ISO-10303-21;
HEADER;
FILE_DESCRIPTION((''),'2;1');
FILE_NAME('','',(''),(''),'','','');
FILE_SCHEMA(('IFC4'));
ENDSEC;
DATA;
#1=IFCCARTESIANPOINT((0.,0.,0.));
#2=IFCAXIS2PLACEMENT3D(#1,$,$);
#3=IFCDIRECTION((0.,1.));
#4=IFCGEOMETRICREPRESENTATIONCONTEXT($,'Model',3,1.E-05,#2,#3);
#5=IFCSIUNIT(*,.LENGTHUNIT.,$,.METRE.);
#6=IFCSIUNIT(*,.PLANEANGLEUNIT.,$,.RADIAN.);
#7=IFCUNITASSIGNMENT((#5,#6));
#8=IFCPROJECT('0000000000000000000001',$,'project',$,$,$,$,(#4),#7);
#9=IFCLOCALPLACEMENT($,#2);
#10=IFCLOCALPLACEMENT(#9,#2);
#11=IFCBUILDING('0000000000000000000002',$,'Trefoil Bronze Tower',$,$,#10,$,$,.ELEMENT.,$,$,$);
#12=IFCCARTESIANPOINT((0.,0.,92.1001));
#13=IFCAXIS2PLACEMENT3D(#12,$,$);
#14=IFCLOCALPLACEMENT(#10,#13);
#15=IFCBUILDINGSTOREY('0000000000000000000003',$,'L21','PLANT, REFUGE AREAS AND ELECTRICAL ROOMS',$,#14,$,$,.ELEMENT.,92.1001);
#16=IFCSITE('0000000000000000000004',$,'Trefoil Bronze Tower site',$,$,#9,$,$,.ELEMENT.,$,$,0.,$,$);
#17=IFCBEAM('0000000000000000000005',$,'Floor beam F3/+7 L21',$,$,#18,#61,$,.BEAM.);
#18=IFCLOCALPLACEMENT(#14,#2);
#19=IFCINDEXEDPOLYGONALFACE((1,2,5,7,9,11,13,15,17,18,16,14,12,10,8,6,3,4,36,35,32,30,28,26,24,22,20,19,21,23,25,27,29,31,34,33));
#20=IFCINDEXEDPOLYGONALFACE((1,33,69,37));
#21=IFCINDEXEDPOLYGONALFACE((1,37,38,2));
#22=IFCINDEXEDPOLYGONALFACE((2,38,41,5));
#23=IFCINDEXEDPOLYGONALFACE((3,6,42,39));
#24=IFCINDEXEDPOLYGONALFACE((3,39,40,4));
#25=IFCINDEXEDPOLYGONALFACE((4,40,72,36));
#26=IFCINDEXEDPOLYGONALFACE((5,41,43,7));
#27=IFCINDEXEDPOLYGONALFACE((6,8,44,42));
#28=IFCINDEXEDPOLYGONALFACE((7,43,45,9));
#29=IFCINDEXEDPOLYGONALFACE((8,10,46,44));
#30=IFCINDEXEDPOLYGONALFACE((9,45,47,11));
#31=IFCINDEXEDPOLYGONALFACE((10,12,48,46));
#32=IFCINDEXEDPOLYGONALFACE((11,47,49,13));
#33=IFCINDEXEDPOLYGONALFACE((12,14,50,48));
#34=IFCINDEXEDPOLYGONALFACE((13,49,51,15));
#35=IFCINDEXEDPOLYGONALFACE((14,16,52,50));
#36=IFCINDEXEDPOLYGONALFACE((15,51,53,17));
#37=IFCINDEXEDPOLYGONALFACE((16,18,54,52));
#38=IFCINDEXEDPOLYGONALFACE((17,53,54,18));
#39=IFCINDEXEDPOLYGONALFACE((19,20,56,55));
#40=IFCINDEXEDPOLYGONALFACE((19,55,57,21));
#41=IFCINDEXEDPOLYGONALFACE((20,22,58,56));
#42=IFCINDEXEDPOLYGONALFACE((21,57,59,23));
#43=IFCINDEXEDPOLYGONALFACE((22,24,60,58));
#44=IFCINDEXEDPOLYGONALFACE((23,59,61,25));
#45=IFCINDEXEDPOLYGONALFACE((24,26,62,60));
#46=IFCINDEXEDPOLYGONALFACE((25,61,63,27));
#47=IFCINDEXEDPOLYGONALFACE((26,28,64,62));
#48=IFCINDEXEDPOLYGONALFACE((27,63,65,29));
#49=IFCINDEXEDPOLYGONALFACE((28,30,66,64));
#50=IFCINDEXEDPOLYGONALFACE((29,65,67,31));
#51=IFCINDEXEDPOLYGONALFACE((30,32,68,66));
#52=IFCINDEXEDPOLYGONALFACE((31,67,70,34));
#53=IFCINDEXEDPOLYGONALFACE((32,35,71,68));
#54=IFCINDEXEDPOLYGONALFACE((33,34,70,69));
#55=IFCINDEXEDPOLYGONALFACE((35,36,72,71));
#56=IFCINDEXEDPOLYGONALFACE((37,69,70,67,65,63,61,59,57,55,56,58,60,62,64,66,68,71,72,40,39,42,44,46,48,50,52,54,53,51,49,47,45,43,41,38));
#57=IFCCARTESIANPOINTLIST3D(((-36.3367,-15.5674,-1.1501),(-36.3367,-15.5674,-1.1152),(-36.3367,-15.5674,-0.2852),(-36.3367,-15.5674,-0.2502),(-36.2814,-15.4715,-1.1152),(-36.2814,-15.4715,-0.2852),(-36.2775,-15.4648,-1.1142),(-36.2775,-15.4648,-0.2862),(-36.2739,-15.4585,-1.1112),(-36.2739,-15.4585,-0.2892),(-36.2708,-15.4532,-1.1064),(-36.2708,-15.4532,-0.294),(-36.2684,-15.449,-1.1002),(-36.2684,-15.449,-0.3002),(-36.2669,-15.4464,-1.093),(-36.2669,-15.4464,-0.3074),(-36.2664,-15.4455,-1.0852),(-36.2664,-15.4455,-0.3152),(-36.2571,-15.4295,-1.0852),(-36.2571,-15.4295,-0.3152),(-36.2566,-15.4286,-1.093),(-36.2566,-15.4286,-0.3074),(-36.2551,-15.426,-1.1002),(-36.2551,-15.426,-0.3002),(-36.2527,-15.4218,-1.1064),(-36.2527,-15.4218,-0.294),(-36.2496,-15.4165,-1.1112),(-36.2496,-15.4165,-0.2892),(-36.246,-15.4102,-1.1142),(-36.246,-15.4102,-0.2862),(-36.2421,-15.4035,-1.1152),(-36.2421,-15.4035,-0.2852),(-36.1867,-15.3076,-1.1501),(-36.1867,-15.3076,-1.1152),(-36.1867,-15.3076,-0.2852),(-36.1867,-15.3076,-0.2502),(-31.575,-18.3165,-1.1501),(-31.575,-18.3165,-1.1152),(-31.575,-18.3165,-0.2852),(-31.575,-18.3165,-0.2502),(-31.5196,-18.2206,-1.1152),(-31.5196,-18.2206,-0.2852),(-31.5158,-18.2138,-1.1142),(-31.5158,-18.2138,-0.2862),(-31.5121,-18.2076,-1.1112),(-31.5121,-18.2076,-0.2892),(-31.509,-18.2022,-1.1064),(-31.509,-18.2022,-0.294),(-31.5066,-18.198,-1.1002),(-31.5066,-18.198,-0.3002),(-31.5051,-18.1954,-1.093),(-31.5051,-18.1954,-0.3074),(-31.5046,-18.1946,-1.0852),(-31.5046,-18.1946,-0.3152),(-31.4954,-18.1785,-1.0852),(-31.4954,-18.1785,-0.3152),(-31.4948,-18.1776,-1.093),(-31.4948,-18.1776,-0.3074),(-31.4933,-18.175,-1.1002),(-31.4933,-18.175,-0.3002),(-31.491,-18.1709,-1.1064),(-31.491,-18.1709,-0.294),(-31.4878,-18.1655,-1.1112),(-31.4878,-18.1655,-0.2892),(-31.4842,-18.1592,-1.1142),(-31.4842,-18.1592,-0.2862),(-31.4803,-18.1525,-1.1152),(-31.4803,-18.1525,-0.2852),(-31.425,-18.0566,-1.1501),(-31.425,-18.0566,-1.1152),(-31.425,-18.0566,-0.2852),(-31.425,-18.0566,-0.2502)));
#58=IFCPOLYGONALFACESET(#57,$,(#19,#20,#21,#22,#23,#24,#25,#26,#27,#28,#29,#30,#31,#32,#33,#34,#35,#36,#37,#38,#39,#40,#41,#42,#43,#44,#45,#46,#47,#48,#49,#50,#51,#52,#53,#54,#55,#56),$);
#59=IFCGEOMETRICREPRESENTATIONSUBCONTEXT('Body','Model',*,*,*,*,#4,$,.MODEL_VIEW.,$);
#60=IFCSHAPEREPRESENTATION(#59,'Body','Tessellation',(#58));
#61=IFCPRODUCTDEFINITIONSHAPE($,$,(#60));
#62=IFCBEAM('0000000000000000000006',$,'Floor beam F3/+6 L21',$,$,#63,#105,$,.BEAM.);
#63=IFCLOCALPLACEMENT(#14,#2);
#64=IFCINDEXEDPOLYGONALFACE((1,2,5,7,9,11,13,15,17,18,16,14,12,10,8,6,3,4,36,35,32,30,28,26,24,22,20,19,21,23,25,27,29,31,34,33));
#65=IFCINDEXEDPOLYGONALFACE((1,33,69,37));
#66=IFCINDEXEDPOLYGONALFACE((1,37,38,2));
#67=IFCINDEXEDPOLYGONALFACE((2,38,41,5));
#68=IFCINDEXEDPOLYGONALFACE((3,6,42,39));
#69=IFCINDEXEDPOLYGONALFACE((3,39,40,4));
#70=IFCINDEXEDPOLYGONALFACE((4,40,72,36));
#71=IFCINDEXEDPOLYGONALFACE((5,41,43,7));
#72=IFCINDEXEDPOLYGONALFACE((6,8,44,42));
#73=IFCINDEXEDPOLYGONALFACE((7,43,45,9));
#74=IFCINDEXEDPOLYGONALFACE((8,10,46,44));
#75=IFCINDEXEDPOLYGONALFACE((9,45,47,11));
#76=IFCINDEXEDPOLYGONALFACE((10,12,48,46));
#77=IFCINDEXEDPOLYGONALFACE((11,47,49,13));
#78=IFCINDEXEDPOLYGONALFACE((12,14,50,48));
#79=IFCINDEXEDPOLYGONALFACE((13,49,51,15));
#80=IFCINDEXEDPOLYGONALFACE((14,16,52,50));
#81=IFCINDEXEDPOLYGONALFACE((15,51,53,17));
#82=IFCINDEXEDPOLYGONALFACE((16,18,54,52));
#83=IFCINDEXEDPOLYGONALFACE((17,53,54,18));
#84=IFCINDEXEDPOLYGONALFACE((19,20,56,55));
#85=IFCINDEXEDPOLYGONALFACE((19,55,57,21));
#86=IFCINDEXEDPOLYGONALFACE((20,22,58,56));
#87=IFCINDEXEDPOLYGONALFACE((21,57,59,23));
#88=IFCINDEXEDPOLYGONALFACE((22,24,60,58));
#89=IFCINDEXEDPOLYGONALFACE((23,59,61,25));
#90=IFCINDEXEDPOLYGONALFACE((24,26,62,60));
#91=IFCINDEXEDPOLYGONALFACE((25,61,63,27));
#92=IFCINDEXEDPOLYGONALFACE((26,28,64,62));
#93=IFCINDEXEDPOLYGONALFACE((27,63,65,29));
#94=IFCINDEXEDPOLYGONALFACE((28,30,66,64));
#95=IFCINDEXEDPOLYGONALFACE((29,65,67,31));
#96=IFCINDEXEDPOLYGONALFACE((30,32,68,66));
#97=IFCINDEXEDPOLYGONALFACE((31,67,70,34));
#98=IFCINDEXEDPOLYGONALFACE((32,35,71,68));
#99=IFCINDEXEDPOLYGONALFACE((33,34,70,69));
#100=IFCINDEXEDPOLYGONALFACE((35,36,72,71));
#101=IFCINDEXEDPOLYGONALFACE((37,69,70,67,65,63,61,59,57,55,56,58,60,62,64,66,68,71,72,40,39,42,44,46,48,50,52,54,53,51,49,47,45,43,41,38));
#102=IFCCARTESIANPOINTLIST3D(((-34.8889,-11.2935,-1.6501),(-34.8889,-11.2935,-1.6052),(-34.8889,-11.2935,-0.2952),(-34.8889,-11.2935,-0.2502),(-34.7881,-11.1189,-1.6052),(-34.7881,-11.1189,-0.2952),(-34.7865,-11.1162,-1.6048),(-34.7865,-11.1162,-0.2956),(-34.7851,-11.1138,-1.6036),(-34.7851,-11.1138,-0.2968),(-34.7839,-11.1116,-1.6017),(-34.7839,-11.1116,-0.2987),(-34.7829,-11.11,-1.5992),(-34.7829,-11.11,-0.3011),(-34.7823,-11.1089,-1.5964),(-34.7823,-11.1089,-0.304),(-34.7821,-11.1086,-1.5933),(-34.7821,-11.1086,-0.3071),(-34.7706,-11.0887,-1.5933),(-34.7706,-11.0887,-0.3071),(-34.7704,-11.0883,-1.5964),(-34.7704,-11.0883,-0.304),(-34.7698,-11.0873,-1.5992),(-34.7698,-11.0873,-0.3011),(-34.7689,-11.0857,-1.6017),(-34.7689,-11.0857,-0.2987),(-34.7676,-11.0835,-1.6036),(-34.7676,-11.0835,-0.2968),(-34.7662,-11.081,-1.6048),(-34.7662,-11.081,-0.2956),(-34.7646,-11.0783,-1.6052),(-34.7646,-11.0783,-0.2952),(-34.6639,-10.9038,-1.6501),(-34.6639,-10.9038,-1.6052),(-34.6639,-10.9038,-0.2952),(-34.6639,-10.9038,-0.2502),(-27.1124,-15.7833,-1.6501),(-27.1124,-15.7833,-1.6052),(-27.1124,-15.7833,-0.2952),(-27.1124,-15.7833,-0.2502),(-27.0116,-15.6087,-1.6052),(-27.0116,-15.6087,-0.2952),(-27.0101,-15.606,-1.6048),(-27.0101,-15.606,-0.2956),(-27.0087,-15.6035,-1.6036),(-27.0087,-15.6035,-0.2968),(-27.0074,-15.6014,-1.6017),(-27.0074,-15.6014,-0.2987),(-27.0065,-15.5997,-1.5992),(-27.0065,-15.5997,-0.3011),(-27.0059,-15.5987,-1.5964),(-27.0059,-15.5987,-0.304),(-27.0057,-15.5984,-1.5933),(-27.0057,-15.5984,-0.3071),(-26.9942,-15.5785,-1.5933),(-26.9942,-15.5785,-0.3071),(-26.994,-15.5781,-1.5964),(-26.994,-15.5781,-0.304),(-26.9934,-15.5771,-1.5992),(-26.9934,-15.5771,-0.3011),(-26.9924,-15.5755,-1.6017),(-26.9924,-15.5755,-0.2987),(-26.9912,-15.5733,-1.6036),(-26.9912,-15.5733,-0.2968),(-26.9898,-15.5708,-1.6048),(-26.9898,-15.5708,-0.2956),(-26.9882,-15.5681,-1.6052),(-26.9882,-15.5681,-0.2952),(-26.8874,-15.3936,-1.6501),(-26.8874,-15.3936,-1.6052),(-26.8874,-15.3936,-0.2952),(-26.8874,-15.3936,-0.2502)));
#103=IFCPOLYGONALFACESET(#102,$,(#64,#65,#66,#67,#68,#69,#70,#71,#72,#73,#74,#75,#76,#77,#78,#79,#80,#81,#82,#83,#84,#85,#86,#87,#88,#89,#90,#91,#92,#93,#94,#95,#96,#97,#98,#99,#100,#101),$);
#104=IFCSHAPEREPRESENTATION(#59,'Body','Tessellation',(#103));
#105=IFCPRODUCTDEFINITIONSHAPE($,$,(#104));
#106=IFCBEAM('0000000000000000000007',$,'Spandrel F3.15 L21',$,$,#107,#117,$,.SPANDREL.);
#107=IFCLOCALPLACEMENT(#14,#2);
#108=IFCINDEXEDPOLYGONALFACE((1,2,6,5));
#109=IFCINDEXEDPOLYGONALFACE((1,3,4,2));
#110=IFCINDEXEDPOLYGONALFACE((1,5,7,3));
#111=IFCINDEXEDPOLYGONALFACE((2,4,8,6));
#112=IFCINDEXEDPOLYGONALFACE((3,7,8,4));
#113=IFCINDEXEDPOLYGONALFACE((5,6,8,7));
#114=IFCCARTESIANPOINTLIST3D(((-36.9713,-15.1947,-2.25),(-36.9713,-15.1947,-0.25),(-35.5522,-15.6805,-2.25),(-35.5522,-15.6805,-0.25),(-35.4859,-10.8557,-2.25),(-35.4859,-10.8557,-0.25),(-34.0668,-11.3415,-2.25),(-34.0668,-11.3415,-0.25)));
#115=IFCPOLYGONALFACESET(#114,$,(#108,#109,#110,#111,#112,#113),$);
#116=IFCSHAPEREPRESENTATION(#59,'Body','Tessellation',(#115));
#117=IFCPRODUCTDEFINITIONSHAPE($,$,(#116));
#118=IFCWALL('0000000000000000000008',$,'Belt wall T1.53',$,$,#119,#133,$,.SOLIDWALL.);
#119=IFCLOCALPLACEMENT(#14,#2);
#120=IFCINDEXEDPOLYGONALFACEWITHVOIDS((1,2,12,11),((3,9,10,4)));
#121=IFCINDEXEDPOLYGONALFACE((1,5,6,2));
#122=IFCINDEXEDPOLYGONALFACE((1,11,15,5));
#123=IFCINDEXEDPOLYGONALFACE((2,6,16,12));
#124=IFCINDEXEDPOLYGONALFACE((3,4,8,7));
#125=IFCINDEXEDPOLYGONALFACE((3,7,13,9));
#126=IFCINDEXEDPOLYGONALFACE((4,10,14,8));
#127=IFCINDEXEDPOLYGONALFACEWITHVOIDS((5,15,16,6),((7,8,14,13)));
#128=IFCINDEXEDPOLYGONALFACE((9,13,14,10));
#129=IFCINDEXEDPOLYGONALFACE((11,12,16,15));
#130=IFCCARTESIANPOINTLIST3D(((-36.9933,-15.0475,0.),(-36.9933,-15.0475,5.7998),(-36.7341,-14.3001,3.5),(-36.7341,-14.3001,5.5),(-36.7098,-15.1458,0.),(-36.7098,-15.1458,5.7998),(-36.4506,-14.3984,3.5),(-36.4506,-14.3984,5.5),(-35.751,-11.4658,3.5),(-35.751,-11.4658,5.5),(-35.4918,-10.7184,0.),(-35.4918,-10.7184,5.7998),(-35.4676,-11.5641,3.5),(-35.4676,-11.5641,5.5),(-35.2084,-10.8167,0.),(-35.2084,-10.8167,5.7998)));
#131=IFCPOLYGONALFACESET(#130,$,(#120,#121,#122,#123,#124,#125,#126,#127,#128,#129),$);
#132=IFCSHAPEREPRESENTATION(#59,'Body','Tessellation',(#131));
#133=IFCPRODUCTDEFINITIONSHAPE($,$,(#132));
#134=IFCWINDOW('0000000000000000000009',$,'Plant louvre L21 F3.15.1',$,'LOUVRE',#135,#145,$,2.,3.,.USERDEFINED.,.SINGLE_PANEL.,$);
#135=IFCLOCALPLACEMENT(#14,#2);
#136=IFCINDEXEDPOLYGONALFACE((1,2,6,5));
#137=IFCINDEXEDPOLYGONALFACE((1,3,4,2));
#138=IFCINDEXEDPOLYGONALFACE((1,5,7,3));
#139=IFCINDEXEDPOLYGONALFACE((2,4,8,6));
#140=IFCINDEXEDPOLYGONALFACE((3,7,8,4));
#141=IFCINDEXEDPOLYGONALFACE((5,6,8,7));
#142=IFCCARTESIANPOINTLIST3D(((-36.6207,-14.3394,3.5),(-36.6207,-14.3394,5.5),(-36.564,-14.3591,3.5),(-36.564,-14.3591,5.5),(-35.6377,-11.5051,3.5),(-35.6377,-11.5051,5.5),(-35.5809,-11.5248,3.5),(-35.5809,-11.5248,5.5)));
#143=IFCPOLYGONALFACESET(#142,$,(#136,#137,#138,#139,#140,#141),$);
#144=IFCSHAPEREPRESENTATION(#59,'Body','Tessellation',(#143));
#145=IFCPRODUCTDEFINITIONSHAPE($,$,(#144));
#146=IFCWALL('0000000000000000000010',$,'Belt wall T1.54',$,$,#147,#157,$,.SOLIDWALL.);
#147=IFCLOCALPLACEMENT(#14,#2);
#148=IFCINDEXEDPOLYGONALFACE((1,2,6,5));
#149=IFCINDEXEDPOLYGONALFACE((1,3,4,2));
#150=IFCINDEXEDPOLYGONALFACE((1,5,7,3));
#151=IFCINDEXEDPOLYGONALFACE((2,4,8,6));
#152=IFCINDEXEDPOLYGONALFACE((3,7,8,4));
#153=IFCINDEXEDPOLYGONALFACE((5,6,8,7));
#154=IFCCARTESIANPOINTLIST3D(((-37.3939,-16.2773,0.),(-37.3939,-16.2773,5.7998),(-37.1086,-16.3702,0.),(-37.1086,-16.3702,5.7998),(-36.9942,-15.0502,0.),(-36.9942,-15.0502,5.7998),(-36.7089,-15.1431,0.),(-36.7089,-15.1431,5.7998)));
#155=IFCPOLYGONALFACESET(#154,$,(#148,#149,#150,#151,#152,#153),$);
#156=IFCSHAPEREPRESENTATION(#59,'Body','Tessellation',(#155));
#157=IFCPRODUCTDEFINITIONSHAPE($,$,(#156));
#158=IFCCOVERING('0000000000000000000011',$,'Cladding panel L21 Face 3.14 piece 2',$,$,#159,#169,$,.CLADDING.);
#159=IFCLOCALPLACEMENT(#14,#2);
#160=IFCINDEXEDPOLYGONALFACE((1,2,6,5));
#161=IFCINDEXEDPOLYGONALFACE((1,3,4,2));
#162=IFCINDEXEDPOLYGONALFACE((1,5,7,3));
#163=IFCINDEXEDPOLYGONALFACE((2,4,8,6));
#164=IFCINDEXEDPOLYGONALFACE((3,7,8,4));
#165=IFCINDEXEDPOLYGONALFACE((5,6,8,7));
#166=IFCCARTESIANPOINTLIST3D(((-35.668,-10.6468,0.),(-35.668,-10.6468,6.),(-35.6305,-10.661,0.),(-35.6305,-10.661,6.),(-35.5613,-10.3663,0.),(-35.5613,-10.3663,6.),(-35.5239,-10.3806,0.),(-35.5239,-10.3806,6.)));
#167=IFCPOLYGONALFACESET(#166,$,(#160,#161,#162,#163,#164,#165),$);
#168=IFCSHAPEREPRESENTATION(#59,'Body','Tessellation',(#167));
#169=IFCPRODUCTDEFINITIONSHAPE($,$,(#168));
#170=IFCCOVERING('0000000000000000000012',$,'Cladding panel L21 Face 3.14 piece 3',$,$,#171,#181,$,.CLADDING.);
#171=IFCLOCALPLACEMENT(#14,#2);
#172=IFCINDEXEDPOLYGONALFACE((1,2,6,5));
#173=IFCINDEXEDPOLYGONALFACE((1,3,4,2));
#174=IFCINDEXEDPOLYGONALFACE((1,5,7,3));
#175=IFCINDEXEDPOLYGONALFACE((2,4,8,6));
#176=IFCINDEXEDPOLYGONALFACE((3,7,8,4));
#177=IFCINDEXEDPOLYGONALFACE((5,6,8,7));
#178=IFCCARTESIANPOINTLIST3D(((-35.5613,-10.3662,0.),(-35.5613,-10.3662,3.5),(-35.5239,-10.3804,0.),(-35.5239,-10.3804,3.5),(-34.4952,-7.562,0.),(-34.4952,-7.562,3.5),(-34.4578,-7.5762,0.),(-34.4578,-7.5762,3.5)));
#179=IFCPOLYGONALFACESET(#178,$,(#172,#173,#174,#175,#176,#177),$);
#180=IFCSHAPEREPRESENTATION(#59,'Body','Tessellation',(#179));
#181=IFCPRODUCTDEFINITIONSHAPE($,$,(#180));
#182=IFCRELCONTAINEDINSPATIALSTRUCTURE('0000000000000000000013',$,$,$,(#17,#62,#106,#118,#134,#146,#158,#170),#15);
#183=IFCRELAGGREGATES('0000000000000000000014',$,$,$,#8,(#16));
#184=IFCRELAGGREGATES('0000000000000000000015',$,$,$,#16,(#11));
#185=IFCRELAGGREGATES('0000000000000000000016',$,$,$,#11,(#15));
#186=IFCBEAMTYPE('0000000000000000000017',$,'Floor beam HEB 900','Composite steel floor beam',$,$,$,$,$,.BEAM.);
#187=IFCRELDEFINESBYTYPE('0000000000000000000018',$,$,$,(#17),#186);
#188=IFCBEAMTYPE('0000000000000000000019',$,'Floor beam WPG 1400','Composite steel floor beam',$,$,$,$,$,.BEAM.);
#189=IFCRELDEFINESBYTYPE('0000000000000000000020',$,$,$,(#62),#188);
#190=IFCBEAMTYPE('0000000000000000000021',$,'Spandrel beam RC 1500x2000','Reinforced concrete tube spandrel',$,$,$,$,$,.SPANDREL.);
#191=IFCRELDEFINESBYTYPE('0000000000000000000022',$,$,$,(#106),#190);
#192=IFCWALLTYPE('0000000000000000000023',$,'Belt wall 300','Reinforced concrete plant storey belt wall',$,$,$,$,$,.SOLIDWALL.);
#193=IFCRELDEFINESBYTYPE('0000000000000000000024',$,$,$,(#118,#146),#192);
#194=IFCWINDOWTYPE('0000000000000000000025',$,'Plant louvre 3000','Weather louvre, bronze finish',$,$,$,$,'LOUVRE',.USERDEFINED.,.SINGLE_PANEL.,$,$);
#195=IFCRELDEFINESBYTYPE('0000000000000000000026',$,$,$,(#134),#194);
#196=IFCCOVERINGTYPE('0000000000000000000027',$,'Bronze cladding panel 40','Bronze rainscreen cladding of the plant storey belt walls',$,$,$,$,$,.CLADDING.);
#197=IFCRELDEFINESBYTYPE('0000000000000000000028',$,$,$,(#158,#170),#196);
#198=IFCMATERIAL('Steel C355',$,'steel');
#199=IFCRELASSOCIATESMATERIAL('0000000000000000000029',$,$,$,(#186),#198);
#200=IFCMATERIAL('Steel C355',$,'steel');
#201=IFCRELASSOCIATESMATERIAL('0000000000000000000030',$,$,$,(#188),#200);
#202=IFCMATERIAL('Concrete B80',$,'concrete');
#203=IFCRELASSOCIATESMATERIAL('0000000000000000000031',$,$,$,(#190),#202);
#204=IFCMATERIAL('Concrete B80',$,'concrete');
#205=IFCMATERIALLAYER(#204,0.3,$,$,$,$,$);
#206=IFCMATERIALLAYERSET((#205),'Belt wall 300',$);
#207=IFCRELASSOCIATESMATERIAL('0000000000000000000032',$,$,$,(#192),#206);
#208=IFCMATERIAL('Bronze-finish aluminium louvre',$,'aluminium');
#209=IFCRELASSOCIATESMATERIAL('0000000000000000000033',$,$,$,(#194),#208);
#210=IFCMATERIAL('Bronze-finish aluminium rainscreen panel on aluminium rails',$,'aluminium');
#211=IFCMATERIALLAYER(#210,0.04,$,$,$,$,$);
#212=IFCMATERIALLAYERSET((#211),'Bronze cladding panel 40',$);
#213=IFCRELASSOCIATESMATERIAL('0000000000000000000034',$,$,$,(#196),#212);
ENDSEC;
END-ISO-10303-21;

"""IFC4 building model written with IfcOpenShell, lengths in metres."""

from ifc_helpers import new_model, si_unit, direction, frame, frame_2d, origin, origin_2d, place, context, subcontext, project, spatial, rectangle, i_section, extrude, material, layer, layer_set, material_profile, profile_set, type_object, element, fill, save


model = new_model("IFC4")

# Units and contexts
model_context = context("Model", 3, precision=1e-05, world=origin(), true_north=direction((0.0, 1.0)))
body_context = subcontext(model_context, "Body", "Model", "MODEL_VIEW")
ifc_project = project(units=[si_unit("LENGTHUNIT", "METRE"), si_unit("PLANEANGLEUNIT", "RADIAN")], contexts=[model_context])

# Site, building, storey
site_placement = place(None, origin())
site = spatial("IfcSite", under=ifc_project, at=site_placement, Name="Trefoil Bronze Tower site", CompositionType="ELEMENT", RefElevation=0.0)
building_placement = place(site_placement, origin())
building = spatial("IfcBuilding", under=site, at=building_placement, Name="Trefoil Bronze Tower", CompositionType="ELEMENT")
storey_placement = place(building_placement, frame((0.0, 0.0, 92.1001)))
storey = spatial("IfcBuildingStorey", under=building, at=storey_placement, Name="L21", Description="PLANT, REFUGE AREAS AND ELECTRICAL ROOMS", CompositionType="ELEMENT", Elevation=92.1001)

# Beams
ifc_material_1 = material(Name="Steel C355", Category="steel")
ifc_material_profile_1 = material_profile(ifc_material_1, i_section(OverallWidth=0.3, OverallDepth=0.8999, WebThickness=0.0186, FlangeThickness=0.0349, FilletRadius=0.03, at=origin_2d()), Name="HEB 900")
ifc_profile_set_1 = profile_set([ifc_material_profile_1], Name="Steel C355")
beam_type_1 = type_object("IfcBeamType", Name="Floor beam HEB 900", Description="Composite steel floor beam", PredefinedType="BEAM", material=ifc_profile_set_1)
beam_1_placement = place(storey_placement, frame((-36.2617, -15.4375, -0.7002), z_axis=(0.866038, -0.499979, 0.0), x_axis=(0.499979, 0.866038, 0.0)))
element("IfcBeam", 1, at=beam_1_placement, inside=storey, type_object=beam_type_1, Name="Floor beam F3/+7 L21", PredefinedType="BEAM", context=body_context, shape_type="SweptSolid", body=[
    extrude(i_section(OverallWidth=0.3, OverallDepth=0.8999, WebThickness=0.0186, FlangeThickness=0.0349, FilletRadius=0.03, at=origin_2d()), origin(), (0.0, 0.0, 1.0), 5.4983),
])
ifc_material_2 = material(Name="Steel C355", Category="steel")
ifc_material_profile_2 = material_profile(ifc_material_2, i_section(OverallWidth=0.45, OverallDepth=1.3999, WebThickness=0.0229, FlangeThickness=0.0449, FilletRadius=0.012, at=origin_2d()), Name="WPG 1400")
ifc_profile_set_2 = profile_set([ifc_material_profile_2], Name="Steel C355")
beam_type_2 = type_object("IfcBeamType", Name="Floor beam WPG 1400", Description="Composite steel floor beam", PredefinedType="BEAM", material=ifc_profile_set_2)
beam_2_placement = place(storey_placement, frame((-34.7764, -11.0986, -0.9502), z_axis=(0.866023, -0.500005, 0.0), x_axis=(0.500005, 0.866023, 0.0)))
element("IfcBeam", 2, at=beam_2_placement, inside=storey, type_object=beam_type_2, Name="Floor beam F3/+6 L21", PredefinedType="BEAM", context=body_context, shape_type="SweptSolid", body=[
    extrude(i_section(OverallWidth=0.45, OverallDepth=1.3999, WebThickness=0.0229, FlangeThickness=0.0449, FilletRadius=0.012, at=origin_2d()), origin(), (0.0, 0.0, 1.0), 8.9795),
])
ifc_material_3 = material(Name="Concrete B80", Category="concrete")
ifc_material_profile_3 = material_profile(ifc_material_3, rectangle(XDim=1.5, YDim=2.0, at=origin_2d()), Name="RC 1500x2000")
ifc_profile_set_3 = profile_set([ifc_material_profile_3], Name="Concrete B80")
beam_type_3 = type_object("IfcBeamType", Name="Spandrel beam RC 1500x2000", Description="Reinforced concrete tube spandrel", PredefinedType="SPANDREL", material=ifc_profile_set_3)
beam_3_placement = place(storey_placement, frame((-34.7764, -11.0986, -1.25), z_axis=(-0.323883, -0.946097, 0.0), x_axis=(0.946097, -0.323883, 0.0)))
element("IfcBeam", 3, at=beam_3_placement, inside=storey, type_object=beam_type_3, Name="Spandrel F3.15 L21", PredefinedType="SPANDREL", context=body_context, shape_type="SweptSolid", body=[
    extrude(rectangle(XDim=1.5, YDim=2.0, at=origin_2d()), origin(), (0.0, 0.0, 1.0), 4.5862),
])

# Wall, opening, window
ifc_material_4 = material(Name="Concrete B80", Category="concrete")
ifc_layer_1 = layer(ifc_material_4, 0.3)
ifc_layer_set_1 = layer_set([ifc_layer_1], Name="Belt wall 300")
wall_type = type_object("IfcWallType", Name="Belt wall 300", Description="Reinforced concrete plant storey belt wall", PredefinedType="SOLIDWALL", material=ifc_layer_set_1)
wall_1_placement = place(storey_placement, frame((-35.3501, -10.7676, 0.0), z_axis=(0.0, 0.0, 1.0), x_axis=(-0.327681, -0.944788, 0.0)))
wall_1 = element("IfcWall", 4, at=wall_1_placement, inside=storey, type_object=wall_type, Name="Belt wall T1.53", PredefinedType="SOLIDWALL", context=body_context, shape_type="SweptSolid", body=[
    extrude(rectangle(XDim=4.582, YDim=0.3, at=frame_2d((2.291, 0.0))), origin(), (0.0, 0.0, 1.0), 5.7998),
])
opening_placement = place(wall_1_placement, frame((0.791, 0.0, 3.5)))
opening = element("IfcOpeningElement", 5, at=opening_placement, cuts=wall_1, PredefinedType="OPENING", context=body_context, shape_type="SweptSolid", body=[
    extrude(rectangle(XDim=3.0, YDim=2.0, at=frame_2d((1.5, 1.0))), frame((0.0, 0.1599, 0.0), z_axis=(0.0, -1.0, 0.0), x_axis=(1.0, 0.0, 0.0)), (0.0, 0.0, 1.0), 0.3201),
])
ifc_material_5 = material(Name="Bronze-finish aluminium louvre", Category="aluminium")
window_type = type_object("IfcWindowType", Name="Plant louvre 3000", Description="Weather louvre, bronze finish", ElementType="LOUVRE", PartitioningType="SINGLE_PANEL", PredefinedType="USERDEFINED", material=ifc_material_5)
window_placement = place(opening_placement, origin())
window = element("IfcWindow", 6, at=window_placement, inside=storey, type_object=window_type, Name="Plant louvre L21 F3.15.1", ObjectType="LOUVRE", OverallHeight=2.0, OverallWidth=3.0, PartitioningType="SINGLE_PANEL", PredefinedType="USERDEFINED", context=body_context, shape_type="SweptSolid", body=[
    extrude(rectangle(XDim=3.0, YDim=2.0, at=frame_2d((1.5, 1.0))), frame((0.0, 0.03, 0.0), z_axis=(0.0, -1.0, 0.0), x_axis=(1.0, 0.0, 0.0)), (0.0, 0.0, 1.0), 0.0601),
])
fill(opening, window)

# Wall
wall_2_placement = place(storey_placement, frame((-36.8516, -15.0967, 0.0), z_axis=(0.0, 0.0, 1.0), x_axis=(-0.309693, -0.950836, 0.0)))
element("IfcWall", 7, at=wall_2_placement, inside=storey, type_object=wall_type, Name="Belt wall T1.54", PredefinedType="SOLIDWALL", context=body_context, shape_type="SweptSolid", body=[
    extrude(rectangle(XDim=1.2905, YDim=0.3, at=frame_2d((0.6453, 0.0))), origin(), (0.0, 0.0, 1.0), 5.7998),
])

# Coverings
ifc_material_6 = material(Name="Bronze-finish aluminium rainscreen panel on aluminium rails", Category="aluminium")
ifc_layer_2 = layer(ifc_material_6, 0.04)
ifc_layer_set_2 = layer_set([ifc_layer_2], Name="Bronze cladding panel 40")
covering_type_1 = type_object("IfcCoveringType", Name="Bronze cladding panel 40", Description="Bronze rainscreen cladding of the plant storey belt walls", PredefinedType="CLADDING", material=ifc_layer_set_2)
covering_1_placement = place(storey_placement, frame((-35.5959, -10.5137, 0.0), z_axis=(0.0, 0.0, 1.0), x_axis=(-0.355371, -0.934725, 0.0)))
element("IfcCovering", 8, at=covering_1_placement, inside=storey, type_object=covering_type_1, Name="Cladding panel L21 Face 3.14 piece 2", PredefinedType="CLADDING", context=body_context, shape_type="SweptSolid", body=[
    extrude(rectangle(XDim=0.3, YDim=0.04, at=origin_2d()), origin(), (0.0, 0.0, 1.0), 6.0),
])
covering_2_placement = place(storey_placement, frame((-35.0095, -8.9712, 0.0), z_axis=(0.0, 0.0, 1.0), x_axis=(-0.355371, -0.934725, 0.0)))
element("IfcCovering", 9, at=covering_2_placement, inside=storey, type_object=covering_type_1, Name="Cladding panel L21 Face 3.14 piece 3", PredefinedType="CLADDING", context=body_context, shape_type="SweptSolid", body=[
    extrude(rectangle(XDim=3.0, YDim=0.04, at=origin_2d()), origin(), (0.0, 0.0, 1.0), 3.5),
])

save(model, "model.ifc")
